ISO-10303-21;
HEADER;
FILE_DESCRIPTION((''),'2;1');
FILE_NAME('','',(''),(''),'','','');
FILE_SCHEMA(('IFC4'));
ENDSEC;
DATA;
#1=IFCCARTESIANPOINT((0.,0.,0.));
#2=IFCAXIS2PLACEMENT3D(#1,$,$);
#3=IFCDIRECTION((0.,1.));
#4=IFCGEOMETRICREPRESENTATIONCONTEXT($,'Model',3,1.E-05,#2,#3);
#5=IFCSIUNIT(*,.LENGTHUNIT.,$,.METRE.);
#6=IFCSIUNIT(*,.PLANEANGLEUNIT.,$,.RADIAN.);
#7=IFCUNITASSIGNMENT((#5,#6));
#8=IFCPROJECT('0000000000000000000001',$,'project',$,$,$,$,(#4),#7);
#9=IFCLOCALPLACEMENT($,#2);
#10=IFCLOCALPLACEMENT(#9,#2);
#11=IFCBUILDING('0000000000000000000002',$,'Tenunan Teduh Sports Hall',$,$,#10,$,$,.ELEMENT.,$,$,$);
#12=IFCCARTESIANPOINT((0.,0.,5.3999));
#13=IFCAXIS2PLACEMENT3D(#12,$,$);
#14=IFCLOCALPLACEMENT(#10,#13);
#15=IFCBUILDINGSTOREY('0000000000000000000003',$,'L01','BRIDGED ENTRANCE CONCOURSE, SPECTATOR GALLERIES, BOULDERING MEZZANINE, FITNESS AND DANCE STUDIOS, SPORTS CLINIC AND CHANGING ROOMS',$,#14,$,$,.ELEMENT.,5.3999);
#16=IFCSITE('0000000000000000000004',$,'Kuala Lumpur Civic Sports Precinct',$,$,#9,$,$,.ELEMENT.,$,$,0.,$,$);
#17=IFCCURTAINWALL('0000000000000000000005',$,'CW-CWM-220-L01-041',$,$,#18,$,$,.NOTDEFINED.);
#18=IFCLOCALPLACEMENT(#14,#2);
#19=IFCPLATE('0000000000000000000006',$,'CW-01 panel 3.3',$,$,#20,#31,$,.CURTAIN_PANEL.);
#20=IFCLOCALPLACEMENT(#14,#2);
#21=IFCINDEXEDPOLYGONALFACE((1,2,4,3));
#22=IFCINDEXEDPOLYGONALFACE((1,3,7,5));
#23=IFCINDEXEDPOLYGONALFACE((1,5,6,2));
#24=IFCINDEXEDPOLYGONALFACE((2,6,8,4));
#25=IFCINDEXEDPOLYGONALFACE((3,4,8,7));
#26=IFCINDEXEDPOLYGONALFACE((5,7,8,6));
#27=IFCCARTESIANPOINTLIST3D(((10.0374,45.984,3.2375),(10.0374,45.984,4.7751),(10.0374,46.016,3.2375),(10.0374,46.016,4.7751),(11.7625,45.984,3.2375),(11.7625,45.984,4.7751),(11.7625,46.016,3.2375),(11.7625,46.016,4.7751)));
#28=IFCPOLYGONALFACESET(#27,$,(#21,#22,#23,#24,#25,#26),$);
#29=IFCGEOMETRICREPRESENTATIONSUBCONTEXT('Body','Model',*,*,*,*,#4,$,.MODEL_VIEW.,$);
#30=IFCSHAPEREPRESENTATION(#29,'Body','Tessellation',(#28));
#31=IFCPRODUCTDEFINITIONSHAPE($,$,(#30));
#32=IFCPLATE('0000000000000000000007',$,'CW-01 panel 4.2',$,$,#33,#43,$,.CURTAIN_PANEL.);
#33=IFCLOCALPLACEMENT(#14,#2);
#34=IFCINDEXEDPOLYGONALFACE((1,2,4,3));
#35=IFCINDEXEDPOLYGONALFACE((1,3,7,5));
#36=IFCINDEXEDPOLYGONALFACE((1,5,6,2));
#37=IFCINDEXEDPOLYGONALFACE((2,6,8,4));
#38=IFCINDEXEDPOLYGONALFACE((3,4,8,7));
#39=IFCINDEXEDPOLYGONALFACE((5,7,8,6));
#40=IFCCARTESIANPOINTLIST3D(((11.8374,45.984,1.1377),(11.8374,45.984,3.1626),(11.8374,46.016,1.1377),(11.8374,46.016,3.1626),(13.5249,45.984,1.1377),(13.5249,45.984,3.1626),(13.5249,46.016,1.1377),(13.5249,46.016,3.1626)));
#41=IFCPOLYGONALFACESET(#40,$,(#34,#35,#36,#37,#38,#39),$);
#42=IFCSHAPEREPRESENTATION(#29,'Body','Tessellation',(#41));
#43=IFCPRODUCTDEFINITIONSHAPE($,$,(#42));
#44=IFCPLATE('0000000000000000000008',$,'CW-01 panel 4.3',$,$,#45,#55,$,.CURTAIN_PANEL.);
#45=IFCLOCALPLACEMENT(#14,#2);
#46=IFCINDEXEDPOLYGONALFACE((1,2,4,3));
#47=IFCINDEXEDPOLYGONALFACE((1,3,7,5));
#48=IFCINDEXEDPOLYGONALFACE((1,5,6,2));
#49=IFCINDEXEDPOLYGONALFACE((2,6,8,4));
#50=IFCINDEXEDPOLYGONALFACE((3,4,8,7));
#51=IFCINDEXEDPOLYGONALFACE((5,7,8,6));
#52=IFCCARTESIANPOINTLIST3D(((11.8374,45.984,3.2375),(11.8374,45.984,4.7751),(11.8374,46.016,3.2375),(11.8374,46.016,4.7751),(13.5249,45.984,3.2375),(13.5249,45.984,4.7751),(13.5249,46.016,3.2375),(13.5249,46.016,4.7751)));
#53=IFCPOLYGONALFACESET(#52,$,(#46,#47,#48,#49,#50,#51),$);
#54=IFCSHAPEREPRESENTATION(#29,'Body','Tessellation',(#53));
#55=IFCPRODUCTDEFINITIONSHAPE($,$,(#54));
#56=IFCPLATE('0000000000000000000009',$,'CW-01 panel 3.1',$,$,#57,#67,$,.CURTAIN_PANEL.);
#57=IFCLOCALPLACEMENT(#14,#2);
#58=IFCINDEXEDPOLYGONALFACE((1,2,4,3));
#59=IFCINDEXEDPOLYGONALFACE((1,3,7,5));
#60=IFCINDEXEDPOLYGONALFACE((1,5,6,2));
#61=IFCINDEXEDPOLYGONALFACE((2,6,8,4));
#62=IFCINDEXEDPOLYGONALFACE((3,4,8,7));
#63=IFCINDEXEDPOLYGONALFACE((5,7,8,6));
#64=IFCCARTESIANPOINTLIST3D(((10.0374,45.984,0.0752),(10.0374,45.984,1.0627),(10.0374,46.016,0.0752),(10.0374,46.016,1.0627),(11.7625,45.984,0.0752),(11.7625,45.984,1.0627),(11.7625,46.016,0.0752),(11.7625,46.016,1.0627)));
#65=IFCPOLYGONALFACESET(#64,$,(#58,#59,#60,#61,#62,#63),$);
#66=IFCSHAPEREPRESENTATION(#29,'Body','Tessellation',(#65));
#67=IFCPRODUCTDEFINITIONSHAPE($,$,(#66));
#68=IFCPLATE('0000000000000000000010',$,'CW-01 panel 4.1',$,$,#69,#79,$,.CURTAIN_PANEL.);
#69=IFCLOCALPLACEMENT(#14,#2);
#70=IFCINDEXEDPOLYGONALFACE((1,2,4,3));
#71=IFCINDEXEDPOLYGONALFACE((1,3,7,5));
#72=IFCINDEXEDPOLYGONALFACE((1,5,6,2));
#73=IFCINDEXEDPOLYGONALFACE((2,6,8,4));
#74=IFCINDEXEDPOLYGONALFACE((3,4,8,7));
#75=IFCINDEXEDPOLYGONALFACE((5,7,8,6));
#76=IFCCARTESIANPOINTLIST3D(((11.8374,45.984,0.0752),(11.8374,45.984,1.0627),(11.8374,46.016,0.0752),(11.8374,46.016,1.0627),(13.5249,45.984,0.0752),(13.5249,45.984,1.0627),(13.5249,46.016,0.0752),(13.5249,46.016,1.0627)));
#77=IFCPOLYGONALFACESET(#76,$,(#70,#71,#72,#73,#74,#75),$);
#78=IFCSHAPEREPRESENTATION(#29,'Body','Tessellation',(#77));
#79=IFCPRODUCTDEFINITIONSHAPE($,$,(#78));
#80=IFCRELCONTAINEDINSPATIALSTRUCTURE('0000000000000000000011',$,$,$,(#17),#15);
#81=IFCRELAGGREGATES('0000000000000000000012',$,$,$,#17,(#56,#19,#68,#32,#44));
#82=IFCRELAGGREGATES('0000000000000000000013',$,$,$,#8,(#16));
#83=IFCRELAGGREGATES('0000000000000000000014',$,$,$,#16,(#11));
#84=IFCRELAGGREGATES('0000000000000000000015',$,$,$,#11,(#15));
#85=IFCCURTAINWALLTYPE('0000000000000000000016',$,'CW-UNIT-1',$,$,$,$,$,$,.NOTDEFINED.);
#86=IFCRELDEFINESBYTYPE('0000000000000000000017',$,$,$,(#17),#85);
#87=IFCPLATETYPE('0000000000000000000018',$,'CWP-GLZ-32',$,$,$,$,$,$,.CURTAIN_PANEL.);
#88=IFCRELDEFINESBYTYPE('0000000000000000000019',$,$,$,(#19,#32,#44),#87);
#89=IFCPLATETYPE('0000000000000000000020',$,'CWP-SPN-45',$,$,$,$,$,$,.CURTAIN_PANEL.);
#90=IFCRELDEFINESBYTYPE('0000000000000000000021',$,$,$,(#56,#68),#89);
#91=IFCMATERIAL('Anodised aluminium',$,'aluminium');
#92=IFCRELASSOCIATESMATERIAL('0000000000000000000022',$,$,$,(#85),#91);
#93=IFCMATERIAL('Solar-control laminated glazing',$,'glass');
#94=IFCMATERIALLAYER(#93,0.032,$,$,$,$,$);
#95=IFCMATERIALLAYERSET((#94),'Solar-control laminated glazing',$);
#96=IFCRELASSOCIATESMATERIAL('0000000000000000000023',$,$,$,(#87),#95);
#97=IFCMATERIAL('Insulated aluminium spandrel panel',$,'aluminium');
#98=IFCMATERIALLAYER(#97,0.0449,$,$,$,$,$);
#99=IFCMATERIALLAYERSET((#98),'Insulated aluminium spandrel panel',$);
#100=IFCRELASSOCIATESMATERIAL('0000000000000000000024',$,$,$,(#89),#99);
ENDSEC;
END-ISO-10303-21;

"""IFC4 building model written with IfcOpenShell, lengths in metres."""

from ifc_helpers import new_model, si_unit, direction, frame, origin, origin_2d, place, context, subcontext, project, spatial, rectangle, extrude, material, layer, layer_set, type_object, element, aggregate, save


model = new_model("IFC4")

# Units and contexts
model_context = context("Model", 3, precision=1e-05, world=origin(), true_north=direction((0.0, 1.0)))
body_context = subcontext(model_context, "Body", "Model", "MODEL_VIEW")
ifc_project = project(units=[si_unit("LENGTHUNIT", "METRE"), si_unit("PLANEANGLEUNIT", "RADIAN")], contexts=[model_context])

# Site, building, storey
site_placement = place(None, origin())
site = spatial("IfcSite", under=ifc_project, at=site_placement, Name="Kuala Lumpur Civic Sports Precinct", CompositionType="ELEMENT", RefElevation=0.0)
building_placement = place(site_placement, origin())
building = spatial("IfcBuilding", under=site, at=building_placement, Name="Tenunan Teduh Sports Hall", CompositionType="ELEMENT")
storey_placement = place(building_placement, frame((0.0, 0.0, 5.3999)))
storey = spatial("IfcBuildingStorey", under=building, at=storey_placement, Name="L01", Description="BRIDGED ENTRANCE CONCOURSE, SPECTATOR GALLERIES, BOULDERING MEZZANINE, FITNESS AND DANCE STUDIOS, SPORTS CLINIC AND CHANGING ROOMS", CompositionType="ELEMENT", Elevation=5.3999)

# Shared definitions
ifc_material_1 = material(Name="Anodised aluminium", Category="aluminium")
curtain_wall_type = type_object("IfcCurtainWallType", Name="CW-UNIT-1", PredefinedType="NOTDEFINED", material=ifc_material_1)

# Curtain wall
curtain_wall_1_placement = place(storey_placement, origin())
curtain_wall_1 = element("IfcCurtainWall", 1, at=curtain_wall_1_placement, inside=storey, type_object=curtain_wall_type, Name="CW-CWM-220-L01-041", PredefinedType="NOTDEFINED")

# Plates
ifc_material_2 = material(Name="Solar-control laminated glazing", Category="glass")
ifc_layer_1 = layer(ifc_material_2, 0.032)
ifc_layer_set_1 = layer_set([ifc_layer_1], Name="Solar-control laminated glazing")
plate_type_1 = type_object("IfcPlateType", Name="CWP-GLZ-32", PredefinedType="CURTAIN_PANEL", material=ifc_layer_set_1)
plate_1_placement = place(storey_placement, frame((10.8999, 46.0, 3.2375), z_axis=(0.0, 0.0, 1.0), x_axis=(1.0, 0.0, 0.0)))
plate_1 = element("IfcPlate", 2, at=plate_1_placement, type_object=plate_type_1, Name="CW-01 panel 3.3", PredefinedType="CURTAIN_PANEL", context=body_context, shape_type="SweptSolid", body=[
    extrude(rectangle(XDim=1.7251, YDim=0.032, at=origin_2d()), origin(), (0.0, 0.0, 1.0), 1.5376),
])
plate_2_placement = place(storey_placement, frame((12.6812, 46.0, 1.1377), z_axis=(0.0, 0.0, 1.0), x_axis=(1.0, 0.0, 0.0)))
plate_2 = element("IfcPlate", 3, at=plate_2_placement, type_object=plate_type_1, Name="CW-01 panel 4.2", PredefinedType="CURTAIN_PANEL", context=body_context, shape_type="SweptSolid", body=[
    extrude(rectangle(XDim=1.6875, YDim=0.032, at=origin_2d()), origin(), (0.0, 0.0, 1.0), 2.0249),
])
plate_3_placement = place(storey_placement, frame((12.6812, 46.0, 3.2375), z_axis=(0.0, 0.0, 1.0), x_axis=(1.0, 0.0, 0.0)))
plate_3 = element("IfcPlate", 4, at=plate_3_placement, type_object=plate_type_1, Name="CW-01 panel 4.3", PredefinedType="CURTAIN_PANEL", context=body_context, shape_type="SweptSolid", body=[
    extrude(rectangle(XDim=1.6875, YDim=0.032, at=origin_2d()), origin(), (0.0, 0.0, 1.0), 1.5376),
])
ifc_material_3 = material(Name="Insulated aluminium spandrel panel", Category="aluminium")
ifc_layer_2 = layer(ifc_material_3, 0.0449)
ifc_layer_set_2 = layer_set([ifc_layer_2], Name="Insulated aluminium spandrel panel")
plate_type_2 = type_object("IfcPlateType", Name="CWP-SPN-45", PredefinedType="CURTAIN_PANEL", material=ifc_layer_set_2)
plate_4_placement = place(storey_placement, frame((10.8999, 46.0, 0.0752), z_axis=(0.0, 0.0, 1.0), x_axis=(1.0, 0.0, 0.0)))
plate_4 = element("IfcPlate", 5, at=plate_4_placement, type_object=plate_type_2, Name="CW-01 panel 3.1", PredefinedType="CURTAIN_PANEL", context=body_context, shape_type="SweptSolid", body=[
    extrude(rectangle(XDim=1.7251, YDim=0.032, at=origin_2d()), origin(), (0.0, 0.0, 1.0), 0.9875),
])
plate_5_placement = place(storey_placement, frame((12.6812, 46.0, 0.0752), z_axis=(0.0, 0.0, 1.0), x_axis=(1.0, 0.0, 0.0)))
plate_5 = element("IfcPlate", 6, at=plate_5_placement, type_object=plate_type_2, Name="CW-01 panel 4.1", PredefinedType="CURTAIN_PANEL", context=body_context, shape_type="SweptSolid", body=[
    extrude(rectangle(XDim=1.6875, YDim=0.032, at=origin_2d()), origin(), (0.0, 0.0, 1.0), 0.9875),
])
aggregate(curtain_wall_1, [plate_4, plate_1, plate_5, plate_2, plate_3])

save(model, "model.ifc")
